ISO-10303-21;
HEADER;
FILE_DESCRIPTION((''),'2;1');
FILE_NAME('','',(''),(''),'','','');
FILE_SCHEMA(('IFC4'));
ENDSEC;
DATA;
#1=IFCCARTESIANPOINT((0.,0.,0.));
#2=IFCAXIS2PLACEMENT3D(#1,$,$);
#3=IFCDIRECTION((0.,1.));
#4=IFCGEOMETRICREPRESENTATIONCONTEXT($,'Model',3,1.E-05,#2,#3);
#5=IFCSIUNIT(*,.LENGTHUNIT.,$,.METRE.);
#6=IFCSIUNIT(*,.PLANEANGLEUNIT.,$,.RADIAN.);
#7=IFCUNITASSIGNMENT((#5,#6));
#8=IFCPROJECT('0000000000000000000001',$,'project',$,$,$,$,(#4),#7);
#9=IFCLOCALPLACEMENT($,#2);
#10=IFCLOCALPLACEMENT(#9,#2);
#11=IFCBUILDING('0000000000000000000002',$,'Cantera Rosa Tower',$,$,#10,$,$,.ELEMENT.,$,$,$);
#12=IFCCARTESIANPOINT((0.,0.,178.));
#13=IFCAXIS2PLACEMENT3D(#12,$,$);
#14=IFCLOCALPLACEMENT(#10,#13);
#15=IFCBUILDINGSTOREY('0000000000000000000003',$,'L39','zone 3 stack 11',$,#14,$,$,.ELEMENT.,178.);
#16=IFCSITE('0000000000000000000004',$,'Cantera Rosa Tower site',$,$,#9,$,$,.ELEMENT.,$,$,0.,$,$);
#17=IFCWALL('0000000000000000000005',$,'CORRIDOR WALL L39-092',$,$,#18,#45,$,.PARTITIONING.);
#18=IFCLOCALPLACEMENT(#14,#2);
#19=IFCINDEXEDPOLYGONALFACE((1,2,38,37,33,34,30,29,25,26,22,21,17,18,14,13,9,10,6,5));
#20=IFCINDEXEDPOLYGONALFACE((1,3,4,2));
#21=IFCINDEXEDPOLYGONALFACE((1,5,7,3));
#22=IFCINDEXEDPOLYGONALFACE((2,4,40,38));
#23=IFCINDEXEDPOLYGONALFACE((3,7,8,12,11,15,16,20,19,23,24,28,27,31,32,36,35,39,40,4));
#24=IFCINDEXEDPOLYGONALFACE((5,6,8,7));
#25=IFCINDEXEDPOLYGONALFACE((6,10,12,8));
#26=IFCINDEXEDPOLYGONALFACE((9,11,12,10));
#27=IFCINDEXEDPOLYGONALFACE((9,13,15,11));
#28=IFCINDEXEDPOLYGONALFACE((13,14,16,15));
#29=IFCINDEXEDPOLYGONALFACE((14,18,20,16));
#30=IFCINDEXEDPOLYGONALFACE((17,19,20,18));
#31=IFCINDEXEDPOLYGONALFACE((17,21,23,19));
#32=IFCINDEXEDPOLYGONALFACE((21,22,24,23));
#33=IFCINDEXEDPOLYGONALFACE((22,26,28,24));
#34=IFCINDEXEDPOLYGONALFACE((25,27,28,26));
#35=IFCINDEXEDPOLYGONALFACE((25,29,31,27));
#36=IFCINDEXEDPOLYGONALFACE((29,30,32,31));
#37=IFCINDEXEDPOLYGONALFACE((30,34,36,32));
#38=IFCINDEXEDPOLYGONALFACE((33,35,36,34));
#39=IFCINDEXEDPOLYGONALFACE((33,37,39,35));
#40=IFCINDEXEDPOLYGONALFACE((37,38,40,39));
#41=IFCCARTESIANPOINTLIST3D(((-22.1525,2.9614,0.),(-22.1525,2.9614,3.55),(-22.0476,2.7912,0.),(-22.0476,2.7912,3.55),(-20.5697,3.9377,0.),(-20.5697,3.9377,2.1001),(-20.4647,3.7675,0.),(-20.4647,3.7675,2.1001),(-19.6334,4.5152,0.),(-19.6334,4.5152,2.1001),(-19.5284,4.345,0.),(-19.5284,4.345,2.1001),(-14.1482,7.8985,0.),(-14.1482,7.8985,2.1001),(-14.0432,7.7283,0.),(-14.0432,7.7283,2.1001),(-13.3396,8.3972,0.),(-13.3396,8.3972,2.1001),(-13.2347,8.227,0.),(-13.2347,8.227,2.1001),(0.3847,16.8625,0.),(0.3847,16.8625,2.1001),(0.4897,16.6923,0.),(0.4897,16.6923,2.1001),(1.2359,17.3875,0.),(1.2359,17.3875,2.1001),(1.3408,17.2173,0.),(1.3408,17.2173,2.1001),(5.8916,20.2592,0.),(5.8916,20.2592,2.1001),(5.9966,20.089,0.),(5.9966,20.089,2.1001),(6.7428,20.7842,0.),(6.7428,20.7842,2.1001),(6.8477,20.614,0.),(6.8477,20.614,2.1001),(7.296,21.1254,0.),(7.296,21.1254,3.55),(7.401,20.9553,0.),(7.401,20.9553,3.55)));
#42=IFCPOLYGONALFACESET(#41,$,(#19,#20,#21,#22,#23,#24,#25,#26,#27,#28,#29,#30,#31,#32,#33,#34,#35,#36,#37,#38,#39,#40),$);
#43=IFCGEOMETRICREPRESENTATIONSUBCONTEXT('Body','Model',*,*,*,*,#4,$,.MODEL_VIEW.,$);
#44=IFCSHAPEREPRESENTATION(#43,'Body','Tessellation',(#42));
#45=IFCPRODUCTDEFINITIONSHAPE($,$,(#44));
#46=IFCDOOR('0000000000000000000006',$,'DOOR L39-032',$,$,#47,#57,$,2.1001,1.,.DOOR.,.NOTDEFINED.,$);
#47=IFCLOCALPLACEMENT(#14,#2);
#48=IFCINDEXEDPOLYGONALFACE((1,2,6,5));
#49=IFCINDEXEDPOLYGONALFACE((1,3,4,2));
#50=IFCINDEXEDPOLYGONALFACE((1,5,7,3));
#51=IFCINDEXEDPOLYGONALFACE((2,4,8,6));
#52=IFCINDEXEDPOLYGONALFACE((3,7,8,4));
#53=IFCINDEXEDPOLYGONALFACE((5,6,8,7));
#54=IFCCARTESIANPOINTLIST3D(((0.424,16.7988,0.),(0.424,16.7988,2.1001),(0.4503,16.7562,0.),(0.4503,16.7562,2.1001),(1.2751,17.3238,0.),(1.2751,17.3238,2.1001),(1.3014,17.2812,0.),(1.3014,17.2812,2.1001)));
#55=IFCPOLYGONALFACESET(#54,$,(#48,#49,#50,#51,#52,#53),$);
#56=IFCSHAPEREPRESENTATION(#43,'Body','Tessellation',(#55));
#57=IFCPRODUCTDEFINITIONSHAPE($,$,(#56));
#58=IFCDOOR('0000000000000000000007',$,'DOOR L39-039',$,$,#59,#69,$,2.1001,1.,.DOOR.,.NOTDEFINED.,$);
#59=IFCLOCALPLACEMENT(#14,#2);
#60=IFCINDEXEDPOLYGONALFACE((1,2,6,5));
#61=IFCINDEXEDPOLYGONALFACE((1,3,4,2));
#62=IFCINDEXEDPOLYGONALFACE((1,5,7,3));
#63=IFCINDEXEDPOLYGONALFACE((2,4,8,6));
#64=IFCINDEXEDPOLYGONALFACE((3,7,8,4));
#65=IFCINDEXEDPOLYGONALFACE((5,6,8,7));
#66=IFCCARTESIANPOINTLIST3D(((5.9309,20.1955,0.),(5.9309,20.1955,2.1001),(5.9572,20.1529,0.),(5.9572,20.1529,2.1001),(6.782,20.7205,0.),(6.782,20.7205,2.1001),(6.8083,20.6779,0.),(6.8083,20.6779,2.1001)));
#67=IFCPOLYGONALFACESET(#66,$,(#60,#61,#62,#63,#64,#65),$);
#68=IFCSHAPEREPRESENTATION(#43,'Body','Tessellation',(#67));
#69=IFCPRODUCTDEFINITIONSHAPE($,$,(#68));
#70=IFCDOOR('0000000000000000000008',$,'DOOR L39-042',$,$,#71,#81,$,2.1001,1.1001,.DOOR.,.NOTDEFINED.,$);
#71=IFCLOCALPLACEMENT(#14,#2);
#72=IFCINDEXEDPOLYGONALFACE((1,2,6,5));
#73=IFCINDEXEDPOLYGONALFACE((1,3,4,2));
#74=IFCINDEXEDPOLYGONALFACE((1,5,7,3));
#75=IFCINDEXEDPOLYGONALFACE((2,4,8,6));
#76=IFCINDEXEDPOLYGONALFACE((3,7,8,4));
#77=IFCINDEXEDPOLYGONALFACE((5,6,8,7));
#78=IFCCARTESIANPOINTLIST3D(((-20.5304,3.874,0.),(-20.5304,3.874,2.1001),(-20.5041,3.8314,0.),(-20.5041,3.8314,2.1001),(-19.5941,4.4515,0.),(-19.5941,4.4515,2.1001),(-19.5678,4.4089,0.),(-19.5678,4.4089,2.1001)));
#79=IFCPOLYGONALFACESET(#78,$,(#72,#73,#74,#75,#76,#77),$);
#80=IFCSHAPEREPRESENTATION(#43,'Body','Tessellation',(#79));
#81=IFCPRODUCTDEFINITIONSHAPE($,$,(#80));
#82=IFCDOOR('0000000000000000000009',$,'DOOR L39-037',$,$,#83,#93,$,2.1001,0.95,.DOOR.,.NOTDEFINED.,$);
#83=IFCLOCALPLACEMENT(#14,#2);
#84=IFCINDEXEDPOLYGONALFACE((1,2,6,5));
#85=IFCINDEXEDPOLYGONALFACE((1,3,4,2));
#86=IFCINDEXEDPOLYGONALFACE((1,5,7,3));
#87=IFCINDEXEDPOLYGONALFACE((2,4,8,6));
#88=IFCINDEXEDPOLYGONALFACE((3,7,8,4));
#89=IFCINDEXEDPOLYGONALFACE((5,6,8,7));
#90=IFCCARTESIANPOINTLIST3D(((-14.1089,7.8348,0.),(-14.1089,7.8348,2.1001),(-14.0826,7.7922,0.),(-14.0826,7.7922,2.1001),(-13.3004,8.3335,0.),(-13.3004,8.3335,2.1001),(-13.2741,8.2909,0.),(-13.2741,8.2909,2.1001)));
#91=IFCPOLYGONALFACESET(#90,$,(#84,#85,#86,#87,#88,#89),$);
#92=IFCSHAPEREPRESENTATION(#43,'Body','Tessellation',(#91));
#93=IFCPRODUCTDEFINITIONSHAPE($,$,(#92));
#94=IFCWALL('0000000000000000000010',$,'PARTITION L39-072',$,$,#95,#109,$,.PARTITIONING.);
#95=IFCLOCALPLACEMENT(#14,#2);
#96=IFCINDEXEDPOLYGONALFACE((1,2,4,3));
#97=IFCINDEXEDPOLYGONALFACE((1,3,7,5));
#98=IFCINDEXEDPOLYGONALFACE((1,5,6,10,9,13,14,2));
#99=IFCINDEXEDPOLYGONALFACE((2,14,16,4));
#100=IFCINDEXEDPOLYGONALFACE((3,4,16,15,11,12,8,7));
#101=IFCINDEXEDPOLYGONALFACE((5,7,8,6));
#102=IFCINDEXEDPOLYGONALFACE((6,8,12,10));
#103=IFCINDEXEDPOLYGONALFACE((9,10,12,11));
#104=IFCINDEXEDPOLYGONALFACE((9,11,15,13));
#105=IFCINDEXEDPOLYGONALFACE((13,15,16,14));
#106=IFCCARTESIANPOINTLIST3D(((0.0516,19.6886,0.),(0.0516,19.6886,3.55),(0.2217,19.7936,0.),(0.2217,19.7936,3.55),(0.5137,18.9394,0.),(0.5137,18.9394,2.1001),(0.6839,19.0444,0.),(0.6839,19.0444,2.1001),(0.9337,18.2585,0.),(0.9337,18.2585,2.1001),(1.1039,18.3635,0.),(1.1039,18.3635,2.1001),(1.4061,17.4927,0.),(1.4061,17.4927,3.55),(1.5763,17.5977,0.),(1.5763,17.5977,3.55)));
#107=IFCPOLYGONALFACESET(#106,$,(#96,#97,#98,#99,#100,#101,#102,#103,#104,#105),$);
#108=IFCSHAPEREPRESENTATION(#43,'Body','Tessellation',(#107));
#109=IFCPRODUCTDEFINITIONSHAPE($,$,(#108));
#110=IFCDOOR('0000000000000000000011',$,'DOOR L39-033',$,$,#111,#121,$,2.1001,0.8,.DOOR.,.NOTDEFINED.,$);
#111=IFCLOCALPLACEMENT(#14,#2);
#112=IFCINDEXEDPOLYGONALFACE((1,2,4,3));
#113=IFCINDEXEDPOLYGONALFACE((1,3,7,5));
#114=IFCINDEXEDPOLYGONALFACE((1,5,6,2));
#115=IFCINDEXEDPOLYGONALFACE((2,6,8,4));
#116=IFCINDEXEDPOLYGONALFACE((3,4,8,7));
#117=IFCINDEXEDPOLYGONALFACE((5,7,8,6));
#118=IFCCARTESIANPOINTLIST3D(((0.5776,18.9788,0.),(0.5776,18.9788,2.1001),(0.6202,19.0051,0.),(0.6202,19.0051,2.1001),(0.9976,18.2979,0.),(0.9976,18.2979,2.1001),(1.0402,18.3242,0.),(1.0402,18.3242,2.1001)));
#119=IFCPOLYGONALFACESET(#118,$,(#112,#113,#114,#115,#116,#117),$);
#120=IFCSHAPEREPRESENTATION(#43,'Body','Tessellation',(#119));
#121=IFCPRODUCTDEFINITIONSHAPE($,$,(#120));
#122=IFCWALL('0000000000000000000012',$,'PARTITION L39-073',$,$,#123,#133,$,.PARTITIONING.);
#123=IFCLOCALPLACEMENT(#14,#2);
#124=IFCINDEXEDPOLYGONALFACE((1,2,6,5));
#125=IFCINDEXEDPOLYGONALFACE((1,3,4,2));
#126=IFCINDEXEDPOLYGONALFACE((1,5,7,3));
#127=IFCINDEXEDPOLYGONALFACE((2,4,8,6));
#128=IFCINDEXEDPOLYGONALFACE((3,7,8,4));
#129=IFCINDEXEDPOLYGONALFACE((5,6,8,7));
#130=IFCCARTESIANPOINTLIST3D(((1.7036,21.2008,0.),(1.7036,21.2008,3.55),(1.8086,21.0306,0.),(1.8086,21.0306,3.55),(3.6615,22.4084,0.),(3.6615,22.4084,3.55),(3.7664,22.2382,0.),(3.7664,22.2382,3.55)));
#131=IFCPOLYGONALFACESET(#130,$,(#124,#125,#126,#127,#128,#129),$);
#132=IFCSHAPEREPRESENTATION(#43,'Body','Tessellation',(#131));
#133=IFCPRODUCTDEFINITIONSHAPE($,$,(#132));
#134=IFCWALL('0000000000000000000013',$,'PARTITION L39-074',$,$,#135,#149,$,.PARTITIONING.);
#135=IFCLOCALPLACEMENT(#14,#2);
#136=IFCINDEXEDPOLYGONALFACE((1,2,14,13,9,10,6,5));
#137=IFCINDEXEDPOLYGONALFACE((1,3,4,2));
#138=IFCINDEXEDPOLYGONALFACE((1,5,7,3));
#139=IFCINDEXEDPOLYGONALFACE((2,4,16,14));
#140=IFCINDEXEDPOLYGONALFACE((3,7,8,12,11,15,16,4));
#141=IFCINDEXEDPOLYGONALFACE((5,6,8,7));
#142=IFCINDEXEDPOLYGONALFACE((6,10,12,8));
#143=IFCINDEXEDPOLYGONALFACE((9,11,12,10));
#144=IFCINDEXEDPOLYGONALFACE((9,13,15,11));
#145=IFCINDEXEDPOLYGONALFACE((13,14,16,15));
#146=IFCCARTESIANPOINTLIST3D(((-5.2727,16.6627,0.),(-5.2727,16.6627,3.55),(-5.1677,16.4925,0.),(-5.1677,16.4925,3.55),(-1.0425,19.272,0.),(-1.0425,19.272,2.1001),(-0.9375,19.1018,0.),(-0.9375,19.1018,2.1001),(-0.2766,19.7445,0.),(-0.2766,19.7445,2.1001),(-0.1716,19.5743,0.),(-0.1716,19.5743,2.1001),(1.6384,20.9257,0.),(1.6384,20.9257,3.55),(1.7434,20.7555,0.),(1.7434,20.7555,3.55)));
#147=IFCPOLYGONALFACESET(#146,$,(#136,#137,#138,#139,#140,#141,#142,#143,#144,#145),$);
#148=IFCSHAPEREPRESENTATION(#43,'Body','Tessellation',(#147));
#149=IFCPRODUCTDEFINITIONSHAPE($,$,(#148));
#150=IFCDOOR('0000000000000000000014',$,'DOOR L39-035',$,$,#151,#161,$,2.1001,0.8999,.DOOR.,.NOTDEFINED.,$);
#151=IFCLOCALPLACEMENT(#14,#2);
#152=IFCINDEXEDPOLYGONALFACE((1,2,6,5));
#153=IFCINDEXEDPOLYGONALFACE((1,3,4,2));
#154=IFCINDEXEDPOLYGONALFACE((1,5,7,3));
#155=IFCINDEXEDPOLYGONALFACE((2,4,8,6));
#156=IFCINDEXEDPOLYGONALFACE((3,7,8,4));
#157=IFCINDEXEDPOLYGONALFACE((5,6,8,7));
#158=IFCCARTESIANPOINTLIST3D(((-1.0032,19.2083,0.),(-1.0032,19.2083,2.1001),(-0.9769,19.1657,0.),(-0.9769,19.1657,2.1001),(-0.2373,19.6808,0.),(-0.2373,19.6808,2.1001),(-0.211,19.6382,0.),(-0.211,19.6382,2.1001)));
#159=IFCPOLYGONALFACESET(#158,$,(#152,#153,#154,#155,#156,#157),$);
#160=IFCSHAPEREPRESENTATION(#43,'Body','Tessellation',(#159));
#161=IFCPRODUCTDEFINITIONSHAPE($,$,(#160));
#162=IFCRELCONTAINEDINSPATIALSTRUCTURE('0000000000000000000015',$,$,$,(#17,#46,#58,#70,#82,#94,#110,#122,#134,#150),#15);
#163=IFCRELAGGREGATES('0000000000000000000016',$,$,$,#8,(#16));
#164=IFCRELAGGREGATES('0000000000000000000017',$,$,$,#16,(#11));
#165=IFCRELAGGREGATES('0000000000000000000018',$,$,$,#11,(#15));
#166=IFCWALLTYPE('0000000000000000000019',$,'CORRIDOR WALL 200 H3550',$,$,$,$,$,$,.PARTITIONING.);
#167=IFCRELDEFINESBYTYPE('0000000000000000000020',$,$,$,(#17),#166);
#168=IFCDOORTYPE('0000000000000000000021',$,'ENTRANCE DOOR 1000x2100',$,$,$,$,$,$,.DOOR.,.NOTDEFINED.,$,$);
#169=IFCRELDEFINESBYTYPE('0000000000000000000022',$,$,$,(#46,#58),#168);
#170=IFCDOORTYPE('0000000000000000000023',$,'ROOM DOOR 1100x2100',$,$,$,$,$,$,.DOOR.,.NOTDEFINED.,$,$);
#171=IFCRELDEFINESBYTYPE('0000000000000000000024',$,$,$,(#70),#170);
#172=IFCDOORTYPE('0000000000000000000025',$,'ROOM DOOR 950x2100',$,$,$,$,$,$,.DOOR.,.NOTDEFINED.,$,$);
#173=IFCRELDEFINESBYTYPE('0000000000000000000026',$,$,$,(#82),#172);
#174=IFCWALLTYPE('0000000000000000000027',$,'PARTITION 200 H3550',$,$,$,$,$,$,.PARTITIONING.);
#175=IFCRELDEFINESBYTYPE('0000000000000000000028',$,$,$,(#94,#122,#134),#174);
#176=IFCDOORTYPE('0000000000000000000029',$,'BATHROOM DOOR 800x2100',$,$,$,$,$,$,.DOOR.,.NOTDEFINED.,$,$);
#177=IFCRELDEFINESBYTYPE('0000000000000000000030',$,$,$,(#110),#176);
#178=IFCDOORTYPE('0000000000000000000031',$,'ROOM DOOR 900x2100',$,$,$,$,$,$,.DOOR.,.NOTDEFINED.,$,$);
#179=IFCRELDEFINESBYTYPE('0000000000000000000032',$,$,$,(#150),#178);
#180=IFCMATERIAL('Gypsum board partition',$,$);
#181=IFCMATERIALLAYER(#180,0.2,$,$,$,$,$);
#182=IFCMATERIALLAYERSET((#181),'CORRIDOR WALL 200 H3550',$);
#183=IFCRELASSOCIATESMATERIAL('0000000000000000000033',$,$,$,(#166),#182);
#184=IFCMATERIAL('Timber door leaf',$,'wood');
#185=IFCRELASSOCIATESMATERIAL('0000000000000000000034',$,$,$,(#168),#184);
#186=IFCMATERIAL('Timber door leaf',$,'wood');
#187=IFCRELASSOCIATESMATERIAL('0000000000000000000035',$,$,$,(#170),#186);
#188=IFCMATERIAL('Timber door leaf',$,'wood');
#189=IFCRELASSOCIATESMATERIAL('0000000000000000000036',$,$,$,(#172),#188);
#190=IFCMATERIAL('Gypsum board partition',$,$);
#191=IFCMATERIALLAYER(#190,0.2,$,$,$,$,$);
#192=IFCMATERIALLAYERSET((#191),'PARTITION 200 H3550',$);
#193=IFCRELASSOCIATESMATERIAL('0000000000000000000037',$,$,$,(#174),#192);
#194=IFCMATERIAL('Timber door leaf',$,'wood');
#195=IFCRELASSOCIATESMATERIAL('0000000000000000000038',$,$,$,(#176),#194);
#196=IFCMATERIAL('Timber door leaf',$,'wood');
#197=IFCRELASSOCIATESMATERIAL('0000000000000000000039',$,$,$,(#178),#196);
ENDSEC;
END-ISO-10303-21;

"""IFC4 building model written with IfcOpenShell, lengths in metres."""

from ifc_helpers import new_model, si_unit, direction, frame, frame_2d, origin, place, context, subcontext, project, spatial, rectangle, extrude, material, layer, layer_set, type_object, element, fill, save


model = new_model("IFC4")

# Units and contexts
model_context = context("Model", 3, precision=1e-05, world=origin(), true_north=direction((0.0, 1.0)))
body_context = subcontext(model_context, "Body", "Model", "MODEL_VIEW")
ifc_project = project(units=[si_unit("LENGTHUNIT", "METRE"), si_unit("PLANEANGLEUNIT", "RADIAN")], contexts=[model_context])

# Site, building, storey
site_placement = place(None, origin())
site = spatial("IfcSite", under=ifc_project, at=site_placement, Name="Cantera Rosa Tower site", CompositionType="ELEMENT", RefElevation=0.0)
building_placement = place(site_placement, origin())
building = spatial("IfcBuilding", under=site, at=building_placement, Name="Cantera Rosa Tower", CompositionType="ELEMENT")
storey_placement = place(building_placement, frame((0.0, 0.0, 178.0)))
storey = spatial("IfcBuildingStorey", under=building, at=storey_placement, Name="L39", Description="zone 3 stack 11", CompositionType="ELEMENT", Elevation=178.0)

# Shared definitions
ifc_material_1 = material(Name="Gypsum board partition")
ifc_layer_1 = layer(ifc_material_1, 0.2)
ifc_layer_set_1 = layer_set([ifc_layer_1], Name="CORRIDOR WALL 200 H3550")
wall_type_1 = type_object("IfcWallType", Name="CORRIDOR WALL 200 H3550", PredefinedType="PARTITIONING", material=ifc_layer_set_1)

# Wall, openings, doors
wall_1_placement = place(storey_placement, frame((7.3484, 21.0403, 0.0), z_axis=(0.0, 0.0, 1.0), x_axis=(-0.851117, -0.524976, 0.0)))
wall_1 = element("IfcWall", 1, at=wall_1_placement, inside=storey, type_object=wall_type_1, Name="CORRIDOR WALL L39-092", PredefinedType="PARTITIONING", context=body_context, shape_type="SweptSolid", body=[
    extrude(rectangle(XDim=34.5999, YDim=0.2, at=frame_2d((17.2998, 0.0))), origin(), (0.0, 0.0, 1.0), 3.55),
])
opening_1_placement = place(wall_1_placement, frame((7.1201, 0.0, 0.0)))
opening_1 = element("IfcOpeningElement", 2, at=opening_1_placement, cuts=wall_1, PredefinedType="OPENING", context=body_context, shape_type="SweptSolid", body=[
    extrude(rectangle(XDim=1.0, YDim=2.1001, at=frame_2d((0.5, 1.05))), frame((0.0, 0.1099, 0.0), z_axis=(0.0, -1.0, 0.0), x_axis=(1.0, 0.0, 0.0)), (0.0, 0.0, 1.0), 0.22),
])
opening_2_placement = place(wall_1_placement, frame((24.2451, 0.0, 0.0)))
opening_2 = element("IfcOpeningElement", 3, at=opening_2_placement, cuts=wall_1, PredefinedType="OPENING", context=body_context, shape_type="SweptSolid", body=[
    extrude(rectangle(XDim=0.95, YDim=2.1001, at=frame_2d((0.4751, 1.05))), frame((0.0, 0.1099, 0.0), z_axis=(0.0, -1.0, 0.0), x_axis=(1.0, 0.0, 0.0)), (0.0, 0.0, 1.0), 0.22),
])
opening_3_placement = place(wall_1_placement, frame((0.6499, 0.0, 0.0)))
opening_3 = element("IfcOpeningElement", 4, at=opening_3_placement, cuts=wall_1, PredefinedType="OPENING", context=body_context, shape_type="SweptSolid", body=[
    extrude(rectangle(XDim=1.0, YDim=2.1001, at=frame_2d((0.5, 1.05))), frame((0.0, 0.1099, 0.0), z_axis=(0.0, -1.0, 0.0), x_axis=(1.0, 0.0, 0.0)), (0.0, 0.0, 1.0), 0.22),
])
opening_4_placement = place(wall_1_placement, frame((31.6399, 0.0, 0.0)))
opening_4 = element("IfcOpeningElement", 5, at=opening_4_placement, cuts=wall_1, PredefinedType="OPENING", context=body_context, shape_type="SweptSolid", body=[
    extrude(rectangle(XDim=1.1001, YDim=2.1001, at=frame_2d((0.55, 1.05))), frame((0.0, 0.1099, 0.0), z_axis=(0.0, -1.0, 0.0), x_axis=(1.0, 0.0, 0.0)), (0.0, 0.0, 1.0), 0.22),
])
ifc_material_2 = material(Name="Timber door leaf", Category="wood")
door_type_1 = type_object("IfcDoorType", Name="ENTRANCE DOOR 1000x2100", OperationType="NOTDEFINED", PredefinedType="DOOR", material=ifc_material_2)
door_1_placement = place(opening_1_placement, origin())
door_1 = element("IfcDoor", 6, at=door_1_placement, inside=storey, type_object=door_type_1, Name="DOOR L39-032", OperationType="NOTDEFINED", OverallHeight=2.1001, OverallWidth=1.0, PredefinedType="DOOR", context=body_context, shape_type="SweptSolid", body=[
    extrude(rectangle(XDim=1.0, YDim=2.1001, at=frame_2d((0.5, 1.05))), frame((0.0, 0.0249, 0.0), z_axis=(0.0, -1.0, 0.0), x_axis=(1.0, 0.0, 0.0)), (0.0, 0.0, 1.0), 0.05),
])
fill(opening_1, door_1)
door_2_placement = place(opening_3_placement, origin())
door_2 = element("IfcDoor", 7, at=door_2_placement, inside=storey, type_object=door_type_1, Name="DOOR L39-039", OperationType="NOTDEFINED", OverallHeight=2.1001, OverallWidth=1.0, PredefinedType="DOOR", context=body_context, shape_type="SweptSolid", body=[
    extrude(rectangle(XDim=1.0, YDim=2.1001, at=frame_2d((0.5, 1.05))), frame((0.0, 0.0249, 0.0), z_axis=(0.0, -1.0, 0.0), x_axis=(1.0, 0.0, 0.0)), (0.0, 0.0, 1.0), 0.05),
])
fill(opening_3, door_2)
ifc_material_3 = material(Name="Timber door leaf", Category="wood")
door_type_2 = type_object("IfcDoorType", Name="ROOM DOOR 1100x2100", OperationType="NOTDEFINED", PredefinedType="DOOR", material=ifc_material_3)
door_3_placement = place(opening_4_placement, origin())
door_3 = element("IfcDoor", 8, at=door_3_placement, inside=storey, type_object=door_type_2, Name="DOOR L39-042", OperationType="NOTDEFINED", OverallHeight=2.1001, OverallWidth=1.1001, PredefinedType="DOOR", context=body_context, shape_type="SweptSolid", body=[
    extrude(rectangle(XDim=1.1001, YDim=2.1001, at=frame_2d((0.55, 1.05))), frame((0.0, 0.0249, 0.0), z_axis=(0.0, -1.0, 0.0), x_axis=(1.0, 0.0, 0.0)), (0.0, 0.0, 1.0), 0.05),
])
fill(opening_4, door_3)
ifc_material_4 = material(Name="Timber door leaf", Category="wood")
door_type_3 = type_object("IfcDoorType", Name="ROOM DOOR 950x2100", OperationType="NOTDEFINED", PredefinedType="DOOR", material=ifc_material_4)
door_4_placement = place(opening_2_placement, origin())
door_4 = element("IfcDoor", 9, at=door_4_placement, inside=storey, type_object=door_type_3, Name="DOOR L39-037", OperationType="NOTDEFINED", OverallHeight=2.1001, OverallWidth=0.95, PredefinedType="DOOR", context=body_context, shape_type="SweptSolid", body=[
    extrude(rectangle(XDim=0.95, YDim=2.1001, at=frame_2d((0.4751, 1.05))), frame((0.0, 0.0249, 0.0), z_axis=(0.0, -1.0, 0.0), x_axis=(1.0, 0.0, 0.0)), (0.0, 0.0, 1.0), 0.05),
])
fill(opening_2, door_4)

# Wall, opening, door
ifc_material_5 = material(Name="Gypsum board partition")
ifc_layer_2 = layer(ifc_material_5, 0.2)
ifc_layer_set_2 = layer_set([ifc_layer_2], Name="PARTITION 200 H3550")
wall_type_2 = type_object("IfcWallType", Name="PARTITION 200 H3550", PredefinedType="PARTITIONING", material=ifc_layer_set_2)
wall_2_placement = place(storey_placement, frame((1.4912, 17.5452, 0.0), z_axis=(0.0, 0.0, 1.0), x_axis=(-0.525005, 0.851099, 0.0)))
wall_2 = element("IfcWall", 10, at=wall_2_placement, inside=storey, type_object=wall_type_2, Name="PARTITION L39-072", PredefinedType="PARTITIONING", context=body_context, shape_type="SweptSolid", body=[
    extrude(rectangle(XDim=2.5801, YDim=0.2, at=frame_2d((1.29, 0.0))), origin(), (0.0, 0.0, 1.0), 3.55),
])
opening_5_placement = place(wall_2_placement, frame((0.8999, 0.0, 0.0)))
opening_5 = element("IfcOpeningElement", 11, at=opening_5_placement, cuts=wall_2, PredefinedType="OPENING", context=body_context, shape_type="SweptSolid", body=[
    extrude(rectangle(XDim=0.8, YDim=2.1001, at=frame_2d((0.3999, 1.05))), frame((0.0, 0.1099, 0.0), z_axis=(0.0, -1.0, 0.0), x_axis=(1.0, 0.0, 0.0)), (0.0, 0.0, 1.0), 0.22),
])
ifc_material_6 = material(Name="Timber door leaf", Category="wood")
door_type_4 = type_object("IfcDoorType", Name="BATHROOM DOOR 800x2100", OperationType="NOTDEFINED", PredefinedType="DOOR", material=ifc_material_6)
door_5_placement = place(opening_5_placement, origin())
door_5 = element("IfcDoor", 12, at=door_5_placement, inside=storey, type_object=door_type_4, Name="DOOR L39-033", OperationType="NOTDEFINED", OverallHeight=2.1001, OverallWidth=0.8, PredefinedType="DOOR", context=body_context, shape_type="SweptSolid", body=[
    extrude(rectangle(XDim=0.8, YDim=2.1001, at=frame_2d((0.3999, 1.05))), frame((0.0, 0.0249, 0.0), z_axis=(0.0, -1.0, 0.0), x_axis=(1.0, 0.0, 0.0)), (0.0, 0.0, 1.0), 0.05),
])
fill(opening_5, door_5)

# Wall
wall_3_placement = place(storey_placement, frame((1.7561, 21.1157, 0.0), z_axis=(0.0, 0.0, 1.0), x_axis=(0.851126, 0.524962, 0.0)))
element("IfcWall", 13, at=wall_3_placement, inside=storey, type_object=wall_type_2, Name="PARTITION L39-073", PredefinedType="PARTITIONING", context=body_context, shape_type="SweptSolid", body=[
    extrude(rectangle(XDim=2.3003, YDim=0.2, at=frame_2d((1.1501, 0.0))), origin(), (0.0, 0.0, 1.0), 3.55),
])

# Wall, opening, door
wall_4_placement = place(storey_placement, frame((1.6909, 20.8406, 0.0), z_axis=(0.0, 0.0, 1.0), x_axis=(-0.851112, -0.524985, 0.0)))
wall_4 = element("IfcWall", 14, at=wall_4_placement, inside=storey, type_object=wall_type_2, Name="PARTITION L39-074", PredefinedType="PARTITIONING", context=body_context, shape_type="SweptSolid", body=[
    extrude(rectangle(XDim=8.1201, YDim=0.2, at=frame_2d((4.0601, 0.0))), origin(), (0.0, 0.0, 1.0), 3.55),
])
opening_6_placement = place(wall_4_placement, frame((2.25, 0.0, 0.0)))
opening_6 = element("IfcOpeningElement", 15, at=opening_6_placement, cuts=wall_4, PredefinedType="OPENING", context=body_context, shape_type="SweptSolid", body=[
    extrude(rectangle(XDim=0.8999, YDim=2.1001, at=frame_2d((0.45, 1.05))), frame((0.0, 0.1099, 0.0), z_axis=(0.0, -1.0, 0.0), x_axis=(1.0, 0.0, 0.0)), (0.0, 0.0, 1.0), 0.22),
])
ifc_material_7 = material(Name="Timber door leaf", Category="wood")
door_type_5 = type_object("IfcDoorType", Name="ROOM DOOR 900x2100", OperationType="NOTDEFINED", PredefinedType="DOOR", material=ifc_material_7)
door_6_placement = place(opening_6_placement, origin())
door_6 = element("IfcDoor", 16, at=door_6_placement, inside=storey, type_object=door_type_5, Name="DOOR L39-035", OperationType="NOTDEFINED", OverallHeight=2.1001, OverallWidth=0.8999, PredefinedType="DOOR", context=body_context, shape_type="SweptSolid", body=[
    extrude(rectangle(XDim=0.8999, YDim=2.1001, at=frame_2d((0.45, 1.05))), frame((0.0, 0.0249, 0.0), z_axis=(0.0, -1.0, 0.0), x_axis=(1.0, 0.0, 0.0)), (0.0, 0.0, 1.0), 0.05),
])
fill(opening_6, door_6)

save(model, "model.ifc")
